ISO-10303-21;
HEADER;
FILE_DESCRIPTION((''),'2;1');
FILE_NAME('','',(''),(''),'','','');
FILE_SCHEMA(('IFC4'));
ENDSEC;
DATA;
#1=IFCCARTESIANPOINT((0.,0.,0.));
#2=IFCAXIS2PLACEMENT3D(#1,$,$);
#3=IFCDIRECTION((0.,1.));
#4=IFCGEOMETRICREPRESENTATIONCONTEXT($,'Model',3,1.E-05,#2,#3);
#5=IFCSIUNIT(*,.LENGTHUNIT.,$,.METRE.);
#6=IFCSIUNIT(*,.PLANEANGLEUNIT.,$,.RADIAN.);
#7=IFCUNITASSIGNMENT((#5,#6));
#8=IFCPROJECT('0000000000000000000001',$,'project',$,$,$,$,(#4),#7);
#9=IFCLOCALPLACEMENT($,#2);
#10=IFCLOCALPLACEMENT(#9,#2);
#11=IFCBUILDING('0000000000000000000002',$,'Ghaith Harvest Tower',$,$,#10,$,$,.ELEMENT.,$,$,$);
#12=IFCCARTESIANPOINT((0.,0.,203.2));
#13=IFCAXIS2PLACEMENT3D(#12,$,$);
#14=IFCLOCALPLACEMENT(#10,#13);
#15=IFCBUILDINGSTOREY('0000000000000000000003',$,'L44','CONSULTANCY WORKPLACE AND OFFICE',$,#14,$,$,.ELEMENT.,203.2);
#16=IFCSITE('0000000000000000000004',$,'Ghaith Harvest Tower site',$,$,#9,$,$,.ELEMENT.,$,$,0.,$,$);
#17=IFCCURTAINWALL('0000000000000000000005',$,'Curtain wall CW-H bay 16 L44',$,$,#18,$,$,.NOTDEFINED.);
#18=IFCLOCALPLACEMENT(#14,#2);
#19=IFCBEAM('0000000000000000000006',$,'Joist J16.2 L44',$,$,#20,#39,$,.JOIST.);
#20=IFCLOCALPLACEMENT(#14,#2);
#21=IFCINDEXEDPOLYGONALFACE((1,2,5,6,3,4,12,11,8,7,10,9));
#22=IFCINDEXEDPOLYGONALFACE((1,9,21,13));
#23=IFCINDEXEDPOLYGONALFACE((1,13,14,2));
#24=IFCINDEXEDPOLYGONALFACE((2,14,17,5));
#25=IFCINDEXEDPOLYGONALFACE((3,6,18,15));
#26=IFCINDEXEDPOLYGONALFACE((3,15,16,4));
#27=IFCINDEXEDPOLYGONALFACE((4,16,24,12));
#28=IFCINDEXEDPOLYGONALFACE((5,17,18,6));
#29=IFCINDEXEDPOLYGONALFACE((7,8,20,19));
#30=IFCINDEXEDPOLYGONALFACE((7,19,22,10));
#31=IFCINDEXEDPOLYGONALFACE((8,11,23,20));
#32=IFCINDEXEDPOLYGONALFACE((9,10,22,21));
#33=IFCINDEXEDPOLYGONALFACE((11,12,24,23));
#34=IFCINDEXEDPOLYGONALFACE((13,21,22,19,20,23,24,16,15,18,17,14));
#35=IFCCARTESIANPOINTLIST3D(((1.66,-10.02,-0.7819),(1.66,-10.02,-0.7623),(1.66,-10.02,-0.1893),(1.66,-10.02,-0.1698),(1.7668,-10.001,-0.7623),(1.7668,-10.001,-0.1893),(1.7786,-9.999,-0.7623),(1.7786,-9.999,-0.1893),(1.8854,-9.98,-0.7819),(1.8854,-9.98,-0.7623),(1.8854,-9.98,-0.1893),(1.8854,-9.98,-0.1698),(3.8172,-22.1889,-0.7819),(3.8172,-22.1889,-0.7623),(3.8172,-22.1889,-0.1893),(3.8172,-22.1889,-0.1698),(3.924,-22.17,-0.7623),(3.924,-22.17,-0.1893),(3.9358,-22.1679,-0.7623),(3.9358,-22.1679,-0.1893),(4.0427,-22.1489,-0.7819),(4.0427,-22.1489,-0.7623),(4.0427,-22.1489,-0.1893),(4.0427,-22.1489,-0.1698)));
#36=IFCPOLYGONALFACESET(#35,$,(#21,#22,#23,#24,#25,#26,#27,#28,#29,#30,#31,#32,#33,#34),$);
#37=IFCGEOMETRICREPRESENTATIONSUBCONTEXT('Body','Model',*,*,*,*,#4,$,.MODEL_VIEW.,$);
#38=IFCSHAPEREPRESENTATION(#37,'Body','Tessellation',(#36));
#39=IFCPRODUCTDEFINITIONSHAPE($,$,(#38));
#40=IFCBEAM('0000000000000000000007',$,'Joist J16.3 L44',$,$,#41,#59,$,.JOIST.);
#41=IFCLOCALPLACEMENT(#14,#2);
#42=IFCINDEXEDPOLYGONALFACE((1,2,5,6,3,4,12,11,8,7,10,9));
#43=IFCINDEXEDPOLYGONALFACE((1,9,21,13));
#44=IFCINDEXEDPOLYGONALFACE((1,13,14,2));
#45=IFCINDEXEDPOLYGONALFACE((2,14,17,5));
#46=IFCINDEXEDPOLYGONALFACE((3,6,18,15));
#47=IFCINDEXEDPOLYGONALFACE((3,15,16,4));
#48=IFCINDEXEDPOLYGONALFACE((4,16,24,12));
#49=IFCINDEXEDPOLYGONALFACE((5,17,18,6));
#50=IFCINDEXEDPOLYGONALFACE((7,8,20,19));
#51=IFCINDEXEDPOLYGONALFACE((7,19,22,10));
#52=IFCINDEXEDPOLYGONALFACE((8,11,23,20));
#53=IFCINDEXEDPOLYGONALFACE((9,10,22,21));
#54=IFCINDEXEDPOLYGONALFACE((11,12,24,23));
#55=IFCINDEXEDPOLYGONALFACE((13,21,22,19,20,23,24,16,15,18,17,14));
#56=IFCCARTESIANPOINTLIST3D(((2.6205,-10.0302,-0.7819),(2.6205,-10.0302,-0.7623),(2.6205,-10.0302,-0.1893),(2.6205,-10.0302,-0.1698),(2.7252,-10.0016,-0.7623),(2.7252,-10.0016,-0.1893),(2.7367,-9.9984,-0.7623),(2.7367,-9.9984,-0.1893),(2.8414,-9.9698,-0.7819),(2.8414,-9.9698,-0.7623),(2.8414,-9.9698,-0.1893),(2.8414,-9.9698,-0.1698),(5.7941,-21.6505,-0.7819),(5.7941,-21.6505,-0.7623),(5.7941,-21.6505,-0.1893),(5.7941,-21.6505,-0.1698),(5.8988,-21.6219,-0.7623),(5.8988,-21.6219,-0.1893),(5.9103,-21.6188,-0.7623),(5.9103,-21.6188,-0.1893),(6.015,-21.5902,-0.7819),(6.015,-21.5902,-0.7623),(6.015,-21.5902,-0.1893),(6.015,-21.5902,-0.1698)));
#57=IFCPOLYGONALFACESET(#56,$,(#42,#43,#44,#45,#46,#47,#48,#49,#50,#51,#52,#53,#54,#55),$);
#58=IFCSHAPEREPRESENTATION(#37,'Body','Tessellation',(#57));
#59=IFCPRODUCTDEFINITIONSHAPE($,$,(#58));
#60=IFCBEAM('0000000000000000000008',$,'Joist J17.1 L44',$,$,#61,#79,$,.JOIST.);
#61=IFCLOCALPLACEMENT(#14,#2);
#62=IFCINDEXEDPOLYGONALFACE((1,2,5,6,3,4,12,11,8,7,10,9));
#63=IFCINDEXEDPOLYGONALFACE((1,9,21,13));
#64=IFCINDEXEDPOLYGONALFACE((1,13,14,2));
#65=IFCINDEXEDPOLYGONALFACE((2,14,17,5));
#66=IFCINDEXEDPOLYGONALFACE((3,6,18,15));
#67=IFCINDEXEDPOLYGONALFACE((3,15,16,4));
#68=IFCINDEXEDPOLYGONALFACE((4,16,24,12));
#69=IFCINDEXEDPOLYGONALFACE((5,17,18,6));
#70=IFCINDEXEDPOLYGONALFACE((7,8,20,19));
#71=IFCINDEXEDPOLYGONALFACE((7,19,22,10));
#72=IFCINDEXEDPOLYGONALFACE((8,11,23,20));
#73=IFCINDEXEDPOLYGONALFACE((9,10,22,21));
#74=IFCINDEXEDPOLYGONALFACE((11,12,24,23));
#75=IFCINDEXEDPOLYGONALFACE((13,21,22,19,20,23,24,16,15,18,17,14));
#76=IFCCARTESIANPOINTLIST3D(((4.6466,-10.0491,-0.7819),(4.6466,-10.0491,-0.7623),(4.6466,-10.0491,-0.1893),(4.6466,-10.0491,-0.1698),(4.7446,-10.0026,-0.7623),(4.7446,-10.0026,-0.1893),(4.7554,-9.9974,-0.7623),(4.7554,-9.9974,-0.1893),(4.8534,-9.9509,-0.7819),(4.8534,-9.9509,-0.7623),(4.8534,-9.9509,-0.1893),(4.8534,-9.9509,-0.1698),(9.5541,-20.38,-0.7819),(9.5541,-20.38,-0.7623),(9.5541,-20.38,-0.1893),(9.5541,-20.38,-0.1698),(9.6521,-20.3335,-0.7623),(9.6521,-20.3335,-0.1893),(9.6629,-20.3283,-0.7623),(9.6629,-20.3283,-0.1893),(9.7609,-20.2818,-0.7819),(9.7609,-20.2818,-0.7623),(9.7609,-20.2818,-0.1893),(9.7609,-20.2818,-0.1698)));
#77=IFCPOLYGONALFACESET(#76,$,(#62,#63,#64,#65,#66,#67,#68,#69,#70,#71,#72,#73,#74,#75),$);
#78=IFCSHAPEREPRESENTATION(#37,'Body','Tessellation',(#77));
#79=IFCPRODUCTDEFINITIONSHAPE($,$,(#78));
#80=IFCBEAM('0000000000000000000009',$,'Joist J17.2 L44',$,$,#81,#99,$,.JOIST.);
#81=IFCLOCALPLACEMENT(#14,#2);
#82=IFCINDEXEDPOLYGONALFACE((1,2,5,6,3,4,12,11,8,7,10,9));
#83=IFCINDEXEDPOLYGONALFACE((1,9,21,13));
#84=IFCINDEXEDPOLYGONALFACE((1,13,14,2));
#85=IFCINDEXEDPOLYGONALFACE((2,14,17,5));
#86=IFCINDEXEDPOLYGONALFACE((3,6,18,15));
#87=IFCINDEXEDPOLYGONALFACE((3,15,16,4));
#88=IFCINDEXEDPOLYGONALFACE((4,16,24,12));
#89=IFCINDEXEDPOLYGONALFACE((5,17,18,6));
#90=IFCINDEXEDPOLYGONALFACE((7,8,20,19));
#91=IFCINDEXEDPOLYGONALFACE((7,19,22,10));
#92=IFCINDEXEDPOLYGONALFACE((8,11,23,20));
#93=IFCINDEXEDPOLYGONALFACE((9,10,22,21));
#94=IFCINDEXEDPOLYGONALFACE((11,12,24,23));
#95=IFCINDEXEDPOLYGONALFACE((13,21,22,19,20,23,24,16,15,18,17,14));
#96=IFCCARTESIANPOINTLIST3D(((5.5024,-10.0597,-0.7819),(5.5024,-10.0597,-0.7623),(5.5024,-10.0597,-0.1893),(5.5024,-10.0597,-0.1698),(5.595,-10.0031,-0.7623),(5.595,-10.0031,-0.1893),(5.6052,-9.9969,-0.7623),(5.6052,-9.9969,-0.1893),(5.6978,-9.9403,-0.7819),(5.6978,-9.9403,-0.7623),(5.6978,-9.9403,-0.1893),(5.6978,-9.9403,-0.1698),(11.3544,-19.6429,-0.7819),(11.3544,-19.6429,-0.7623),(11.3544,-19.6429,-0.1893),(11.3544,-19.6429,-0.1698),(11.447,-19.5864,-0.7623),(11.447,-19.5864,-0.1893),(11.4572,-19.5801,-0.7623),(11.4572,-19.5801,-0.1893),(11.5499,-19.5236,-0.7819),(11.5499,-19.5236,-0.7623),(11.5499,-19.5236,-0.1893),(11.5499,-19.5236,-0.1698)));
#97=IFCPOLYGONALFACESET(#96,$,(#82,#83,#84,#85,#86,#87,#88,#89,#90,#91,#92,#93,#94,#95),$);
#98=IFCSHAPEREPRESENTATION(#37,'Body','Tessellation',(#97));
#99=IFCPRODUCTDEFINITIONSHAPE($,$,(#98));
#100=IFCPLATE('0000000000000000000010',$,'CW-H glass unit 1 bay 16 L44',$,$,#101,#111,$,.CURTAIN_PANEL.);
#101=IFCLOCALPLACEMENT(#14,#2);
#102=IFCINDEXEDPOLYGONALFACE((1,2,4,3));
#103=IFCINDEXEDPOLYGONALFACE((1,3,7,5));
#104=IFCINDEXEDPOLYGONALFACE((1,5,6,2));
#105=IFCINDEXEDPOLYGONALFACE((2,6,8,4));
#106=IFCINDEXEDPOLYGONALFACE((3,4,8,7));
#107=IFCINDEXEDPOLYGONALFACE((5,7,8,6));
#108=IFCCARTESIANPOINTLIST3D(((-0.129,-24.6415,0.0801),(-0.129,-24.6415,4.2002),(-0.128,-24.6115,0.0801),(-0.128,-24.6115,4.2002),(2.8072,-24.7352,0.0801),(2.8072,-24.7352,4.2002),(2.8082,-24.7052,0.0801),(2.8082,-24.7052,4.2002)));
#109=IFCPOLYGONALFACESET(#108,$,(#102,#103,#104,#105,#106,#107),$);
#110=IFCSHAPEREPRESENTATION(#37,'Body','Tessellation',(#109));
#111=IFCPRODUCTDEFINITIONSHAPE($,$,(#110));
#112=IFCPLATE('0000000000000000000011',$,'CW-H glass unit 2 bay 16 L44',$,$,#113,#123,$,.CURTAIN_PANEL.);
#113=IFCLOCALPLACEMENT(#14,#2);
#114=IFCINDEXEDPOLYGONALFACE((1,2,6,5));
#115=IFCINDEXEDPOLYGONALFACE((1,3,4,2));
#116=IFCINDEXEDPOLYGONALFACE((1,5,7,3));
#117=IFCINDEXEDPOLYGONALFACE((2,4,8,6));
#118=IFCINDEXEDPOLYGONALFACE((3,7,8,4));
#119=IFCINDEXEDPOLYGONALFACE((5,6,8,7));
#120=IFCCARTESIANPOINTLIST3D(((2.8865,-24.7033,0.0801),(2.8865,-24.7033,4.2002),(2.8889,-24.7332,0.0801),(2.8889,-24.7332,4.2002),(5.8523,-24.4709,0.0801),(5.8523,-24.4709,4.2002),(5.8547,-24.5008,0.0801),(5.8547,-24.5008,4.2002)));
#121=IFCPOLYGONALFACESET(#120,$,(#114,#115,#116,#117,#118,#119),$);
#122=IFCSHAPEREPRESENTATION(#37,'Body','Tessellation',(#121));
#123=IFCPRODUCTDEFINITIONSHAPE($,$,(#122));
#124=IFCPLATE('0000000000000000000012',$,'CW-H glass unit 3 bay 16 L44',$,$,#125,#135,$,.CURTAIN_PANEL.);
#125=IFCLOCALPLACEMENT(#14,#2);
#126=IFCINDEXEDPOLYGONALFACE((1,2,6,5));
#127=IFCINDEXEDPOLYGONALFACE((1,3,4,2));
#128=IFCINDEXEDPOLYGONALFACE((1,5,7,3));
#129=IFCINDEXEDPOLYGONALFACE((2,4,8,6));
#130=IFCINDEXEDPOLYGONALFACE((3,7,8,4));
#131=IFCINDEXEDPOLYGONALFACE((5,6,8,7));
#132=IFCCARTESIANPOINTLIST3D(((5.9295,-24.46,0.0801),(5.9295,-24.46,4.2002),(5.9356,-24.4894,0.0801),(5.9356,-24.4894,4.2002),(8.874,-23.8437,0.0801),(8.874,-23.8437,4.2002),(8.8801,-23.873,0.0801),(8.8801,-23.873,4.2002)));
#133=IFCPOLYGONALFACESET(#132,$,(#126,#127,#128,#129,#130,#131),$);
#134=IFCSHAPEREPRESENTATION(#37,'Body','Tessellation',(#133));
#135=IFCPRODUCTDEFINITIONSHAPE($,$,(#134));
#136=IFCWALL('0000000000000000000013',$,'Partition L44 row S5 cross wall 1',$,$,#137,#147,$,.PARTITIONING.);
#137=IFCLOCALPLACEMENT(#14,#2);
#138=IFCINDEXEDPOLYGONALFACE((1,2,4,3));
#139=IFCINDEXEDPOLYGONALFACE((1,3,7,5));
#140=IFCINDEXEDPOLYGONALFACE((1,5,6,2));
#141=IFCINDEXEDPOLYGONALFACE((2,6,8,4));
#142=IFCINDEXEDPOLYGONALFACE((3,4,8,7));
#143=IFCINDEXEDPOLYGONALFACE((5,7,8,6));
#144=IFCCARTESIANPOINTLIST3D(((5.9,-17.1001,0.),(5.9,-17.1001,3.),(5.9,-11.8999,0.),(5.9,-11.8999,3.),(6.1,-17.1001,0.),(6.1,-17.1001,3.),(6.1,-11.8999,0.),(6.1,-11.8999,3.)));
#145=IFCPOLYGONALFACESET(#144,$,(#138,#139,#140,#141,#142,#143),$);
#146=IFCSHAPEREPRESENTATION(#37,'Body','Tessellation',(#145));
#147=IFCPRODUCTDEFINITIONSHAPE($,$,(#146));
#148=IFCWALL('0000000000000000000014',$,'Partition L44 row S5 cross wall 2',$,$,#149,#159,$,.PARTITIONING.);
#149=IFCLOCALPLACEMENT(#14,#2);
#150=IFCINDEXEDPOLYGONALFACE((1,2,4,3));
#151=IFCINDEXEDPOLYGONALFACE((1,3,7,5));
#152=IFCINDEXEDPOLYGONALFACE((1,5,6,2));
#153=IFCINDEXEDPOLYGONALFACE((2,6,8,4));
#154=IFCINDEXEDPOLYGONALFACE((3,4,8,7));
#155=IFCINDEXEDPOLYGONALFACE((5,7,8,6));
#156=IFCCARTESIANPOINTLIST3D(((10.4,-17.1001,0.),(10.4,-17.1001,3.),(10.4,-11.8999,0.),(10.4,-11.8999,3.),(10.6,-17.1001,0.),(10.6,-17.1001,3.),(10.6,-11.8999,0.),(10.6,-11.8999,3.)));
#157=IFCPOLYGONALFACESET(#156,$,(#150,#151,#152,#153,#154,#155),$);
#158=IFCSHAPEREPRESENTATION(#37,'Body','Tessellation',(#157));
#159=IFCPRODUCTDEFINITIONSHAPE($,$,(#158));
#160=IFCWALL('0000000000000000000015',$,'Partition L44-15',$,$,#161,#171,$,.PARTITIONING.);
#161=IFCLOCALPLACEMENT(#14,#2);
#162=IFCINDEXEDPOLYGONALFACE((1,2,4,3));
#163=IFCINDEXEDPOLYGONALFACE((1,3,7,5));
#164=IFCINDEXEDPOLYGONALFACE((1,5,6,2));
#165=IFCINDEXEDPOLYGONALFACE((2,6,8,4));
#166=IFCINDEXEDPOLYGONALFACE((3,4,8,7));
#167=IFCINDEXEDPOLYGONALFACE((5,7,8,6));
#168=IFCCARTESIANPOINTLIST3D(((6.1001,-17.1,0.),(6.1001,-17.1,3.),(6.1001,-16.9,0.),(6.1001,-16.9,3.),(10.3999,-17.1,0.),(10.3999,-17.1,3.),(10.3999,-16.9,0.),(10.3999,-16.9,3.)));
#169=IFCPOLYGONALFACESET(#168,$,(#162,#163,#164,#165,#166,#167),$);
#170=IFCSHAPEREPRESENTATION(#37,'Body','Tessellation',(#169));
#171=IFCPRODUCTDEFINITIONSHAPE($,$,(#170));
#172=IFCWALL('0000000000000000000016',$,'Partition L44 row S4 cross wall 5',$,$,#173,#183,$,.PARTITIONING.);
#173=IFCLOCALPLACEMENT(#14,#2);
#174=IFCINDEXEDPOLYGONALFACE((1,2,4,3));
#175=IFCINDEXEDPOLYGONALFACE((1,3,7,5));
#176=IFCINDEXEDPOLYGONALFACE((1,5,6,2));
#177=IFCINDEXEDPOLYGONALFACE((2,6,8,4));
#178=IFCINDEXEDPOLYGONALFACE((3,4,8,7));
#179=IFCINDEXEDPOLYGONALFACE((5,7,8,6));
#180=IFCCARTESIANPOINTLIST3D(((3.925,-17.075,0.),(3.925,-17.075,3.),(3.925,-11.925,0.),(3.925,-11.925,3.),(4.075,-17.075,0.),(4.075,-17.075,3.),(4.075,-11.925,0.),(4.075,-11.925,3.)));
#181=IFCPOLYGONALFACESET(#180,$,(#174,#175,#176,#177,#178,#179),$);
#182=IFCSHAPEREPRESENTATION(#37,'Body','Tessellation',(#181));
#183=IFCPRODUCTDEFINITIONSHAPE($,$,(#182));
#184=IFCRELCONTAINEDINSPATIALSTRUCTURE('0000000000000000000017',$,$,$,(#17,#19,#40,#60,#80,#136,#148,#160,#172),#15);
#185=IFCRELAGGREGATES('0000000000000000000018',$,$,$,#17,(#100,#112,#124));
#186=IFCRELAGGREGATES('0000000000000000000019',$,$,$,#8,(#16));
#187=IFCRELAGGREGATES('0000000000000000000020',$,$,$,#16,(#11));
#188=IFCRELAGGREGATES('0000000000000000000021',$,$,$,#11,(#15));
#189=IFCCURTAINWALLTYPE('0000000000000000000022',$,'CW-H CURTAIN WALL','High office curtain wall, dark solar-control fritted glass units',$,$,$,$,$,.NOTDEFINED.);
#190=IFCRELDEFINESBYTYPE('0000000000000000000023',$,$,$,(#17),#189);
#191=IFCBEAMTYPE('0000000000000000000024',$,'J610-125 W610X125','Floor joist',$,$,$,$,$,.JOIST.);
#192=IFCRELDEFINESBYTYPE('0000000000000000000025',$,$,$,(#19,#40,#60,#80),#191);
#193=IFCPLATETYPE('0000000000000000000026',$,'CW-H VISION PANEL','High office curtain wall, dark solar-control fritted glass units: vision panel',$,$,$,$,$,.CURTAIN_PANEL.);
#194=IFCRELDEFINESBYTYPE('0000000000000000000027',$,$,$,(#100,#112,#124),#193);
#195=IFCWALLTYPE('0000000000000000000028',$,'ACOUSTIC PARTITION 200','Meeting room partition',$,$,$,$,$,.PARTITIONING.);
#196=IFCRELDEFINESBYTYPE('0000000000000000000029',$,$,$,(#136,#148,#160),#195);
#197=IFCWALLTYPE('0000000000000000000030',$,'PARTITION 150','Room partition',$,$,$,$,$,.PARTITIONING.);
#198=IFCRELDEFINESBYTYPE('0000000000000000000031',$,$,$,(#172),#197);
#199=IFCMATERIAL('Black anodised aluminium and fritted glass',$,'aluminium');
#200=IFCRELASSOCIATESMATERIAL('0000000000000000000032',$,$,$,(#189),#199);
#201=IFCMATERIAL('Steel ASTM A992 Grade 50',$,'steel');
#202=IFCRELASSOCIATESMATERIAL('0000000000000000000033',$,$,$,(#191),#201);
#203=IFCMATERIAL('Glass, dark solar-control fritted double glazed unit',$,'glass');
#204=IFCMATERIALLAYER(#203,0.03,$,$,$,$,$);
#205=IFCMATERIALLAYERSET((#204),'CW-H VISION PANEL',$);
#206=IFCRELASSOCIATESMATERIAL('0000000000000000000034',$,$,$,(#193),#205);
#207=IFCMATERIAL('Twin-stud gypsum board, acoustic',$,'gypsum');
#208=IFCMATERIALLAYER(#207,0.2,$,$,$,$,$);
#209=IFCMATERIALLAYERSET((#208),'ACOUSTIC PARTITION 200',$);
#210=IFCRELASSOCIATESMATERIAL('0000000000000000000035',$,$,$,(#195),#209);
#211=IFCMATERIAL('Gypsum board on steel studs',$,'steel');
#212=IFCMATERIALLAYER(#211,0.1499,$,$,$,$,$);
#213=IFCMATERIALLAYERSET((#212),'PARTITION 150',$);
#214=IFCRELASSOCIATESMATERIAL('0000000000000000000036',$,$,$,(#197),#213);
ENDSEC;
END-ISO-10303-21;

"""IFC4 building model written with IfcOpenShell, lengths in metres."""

from ifc_helpers import new_model, si_unit, direction, frame, frame_2d, origin, origin_2d, place, context, subcontext, project, spatial, rectangle, i_section, extrude, material, layer, layer_set, material_profile, profile_set, type_object, element, aggregate, save


model = new_model("IFC4")

# Units and contexts
model_context = context("Model", 3, precision=1e-05, world=origin(), true_north=direction((0.0, 1.0)))
body_context = subcontext(model_context, "Body", "Model", "MODEL_VIEW")
ifc_project = project(units=[si_unit("LENGTHUNIT", "METRE"), si_unit("PLANEANGLEUNIT", "RADIAN")], contexts=[model_context])

# Site, building, storey
site_placement = place(None, origin())
site = spatial("IfcSite", under=ifc_project, at=site_placement, Name="Ghaith Harvest Tower site", CompositionType="ELEMENT", RefElevation=0.0)
building_placement = place(site_placement, origin())
building = spatial("IfcBuilding", under=site, at=building_placement, Name="Ghaith Harvest Tower", CompositionType="ELEMENT")
storey_placement = place(building_placement, frame((0.0, 0.0, 203.2)))
storey = spatial("IfcBuildingStorey", under=building, at=storey_placement, Name="L44", Description="CONSULTANCY WORKPLACE AND OFFICE", CompositionType="ELEMENT", Elevation=203.2)

# Curtain wall
ifc_material_1 = material(Name="Black anodised aluminium and fritted glass", Category="aluminium")
curtain_wall_type = type_object("IfcCurtainWallType", Name="CW-H CURTAIN WALL", Description="High office curtain wall, dark solar-control fritted glass units", PredefinedType="NOTDEFINED", material=ifc_material_1)
curtain_wall_1_placement = place(storey_placement, origin())
curtain_wall_1 = element("IfcCurtainWall", 1, at=curtain_wall_1_placement, inside=storey, type_object=curtain_wall_type, Name="Curtain wall CW-H bay 16 L44", PredefinedType="NOTDEFINED")

# Beams
ifc_material_2 = material(Name="Steel ASTM A992 Grade 50", Category="steel")
ifc_material_profile_1 = material_profile(ifc_material_2, i_section(OverallWidth=0.229, OverallDepth=0.6121, WebThickness=0.012, FlangeThickness=0.0195, at=origin_2d()), Name="W610X125")
ifc_profile_set_1 = profile_set([ifc_material_profile_1], Name="Steel ASTM A992 Grade 50")
beam_type_1 = type_object("IfcBeamType", Name="J610-125 W610X125", Description="Floor joist", PredefinedType="JOIST", material=ifc_profile_set_1)
beam_1_placement = place(storey_placement, frame((1.7727, -10.0, -0.4758), z_axis=(0.174552, -0.984648, 0.0), x_axis=(0.984648, 0.174552, 0.0)))
element("IfcBeam", 2, at=beam_1_placement, inside=storey, type_object=beam_type_1, Name="Joist J16.2 L44", PredefinedType="JOIST", context=body_context, shape_type="SweptSolid", body=[
    extrude(i_section(OverallWidth=0.229, OverallDepth=0.6121, WebThickness=0.012, FlangeThickness=0.0195, at=origin_2d()), origin(), (0.0, 0.0, 1.0), 12.3586),
])
beam_2_placement = place(storey_placement, frame((2.731, -10.0, -0.4758), z_axis=(0.263457, -0.964671, 0.0), x_axis=(0.964671, 0.263457, 0.0)))
element("IfcBeam", 3, at=beam_2_placement, inside=storey, type_object=beam_type_1, Name="Joist J16.3 L44", PredefinedType="JOIST", context=body_context, shape_type="SweptSolid", body=[
    extrude(i_section(OverallWidth=0.229, OverallDepth=0.6121, WebThickness=0.012, FlangeThickness=0.0195, at=origin_2d()), origin(), (0.0, 0.0, 1.0), 12.0459),
])
beam_3_placement = place(storey_placement, frame((4.75, -10.0, -0.4758), z_axis=(0.429081, -0.903266, 0.0), x_axis=(0.903266, 0.429081, 0.0)))
element("IfcBeam", 4, at=beam_3_placement, inside=storey, type_object=beam_type_1, Name="Joist J17.1 L44", PredefinedType="JOIST", context=body_context, shape_type="SweptSolid", body=[
    extrude(i_section(OverallWidth=0.229, OverallDepth=0.6121, WebThickness=0.012, FlangeThickness=0.0195, at=origin_2d()), origin(), (0.0, 0.0, 1.0), 11.4373),
])
beam_4_placement = place(storey_placement, frame((5.6001, -10.0, -0.4758), z_axis=(0.521166, -0.853455, 0.0), x_axis=(0.853455, 0.521166, 0.0)))
element("IfcBeam", 5, at=beam_4_placement, inside=storey, type_object=beam_type_1, Name="Joist J17.2 L44", PredefinedType="JOIST", context=body_context, shape_type="SweptSolid", body=[
    extrude(i_section(OverallWidth=0.229, OverallDepth=0.6121, WebThickness=0.012, FlangeThickness=0.0195, at=origin_2d()), origin(), (0.0, 0.0, 1.0), 11.2288),
])

# Plates
ifc_material_3 = material(Name="Glass, dark solar-control fritted double glazed unit", Category="glass")
ifc_layer_1 = layer(ifc_material_3, 0.03)
ifc_layer_set_1 = layer_set([ifc_layer_1], Name="CW-H VISION PANEL")
plate_type = type_object("IfcPlateType", Name="CW-H VISION PANEL", Description="High office curtain wall, dark solar-control fritted glass units: vision panel", PredefinedType="CURTAIN_PANEL", material=ifc_layer_set_1)
plate_1_placement = place(storey_placement, frame((1.3396, -24.6733, 0.0801), z_axis=(0.0, 0.0, 1.0), x_axis=(0.999491, -0.031894, 0.0)))
plate_1 = element("IfcPlate", 6, at=plate_1_placement, type_object=plate_type, Name="CW-H glass unit 1 bay 16 L44", PredefinedType="CURTAIN_PANEL", context=body_context, shape_type="SweptSolid", body=[
    extrude(rectangle(XDim=2.9377, YDim=0.03, at=origin_2d()), origin(), (0.0, 0.0, 1.0), 4.1201),
])
plate_2_placement = place(storey_placement, frame((4.3706, -24.6021, 0.0801), z_axis=(0.0, 0.0, 1.0), x_axis=(0.996945, 0.078101, 0.0)))
plate_2 = element("IfcPlate", 7, at=plate_2_placement, type_object=plate_type, Name="CW-H glass unit 2 bay 16 L44", PredefinedType="CURTAIN_PANEL", context=body_context, shape_type="SweptSolid", body=[
    extrude(rectangle(XDim=2.9749, YDim=0.03, at=origin_2d()), origin(), (0.0, 0.0, 1.0), 4.1201),
])
plate_3_placement = place(storey_placement, frame((7.4048, -24.1665, 0.0801), z_axis=(0.0, 0.0, 1.0), x_axis=(0.978789, 0.204872, 0.0)))
plate_3 = element("IfcPlate", 8, at=plate_3_placement, type_object=plate_type, Name="CW-H glass unit 3 bay 16 L44", PredefinedType="CURTAIN_PANEL", context=body_context, shape_type="SweptSolid", body=[
    extrude(rectangle(XDim=3.0083, YDim=0.03, at=origin_2d()), origin(), (0.0, 0.0, 1.0), 4.1201),
])
aggregate(curtain_wall_1, [plate_1, plate_2, plate_3])

# Walls
ifc_material_4 = material(Name="Twin-stud gypsum board, acoustic", Category="gypsum")
ifc_layer_2 = layer(ifc_material_4, 0.2)
ifc_layer_set_2 = layer_set([ifc_layer_2], Name="ACOUSTIC PARTITION 200")
wall_type_1 = type_object("IfcWallType", Name="ACOUSTIC PARTITION 200", Description="Meeting room partition", PredefinedType="PARTITIONING", material=ifc_layer_set_2)
for number, where, z_axis, x_axis, name in (
    (9, (6.0, -11.8999, 0.0), (0.0, 0.0, 1.0), (0.0, -1.0, 0.0), "Partition L44 row S5 cross wall 1"),
    (10, (10.5, -11.8999, 0.0), (0.0, 0.0, 1.0), (0.0, -1.0, 0.0), "Partition L44 row S5 cross wall 2"),
):
    element("IfcWall", number, at=place(storey_placement, frame(where, z_axis=z_axis, x_axis=x_axis)), inside=storey, type_object=wall_type_1, Name=name, PredefinedType="PARTITIONING", context=body_context, shape_type="SweptSolid", body=[
        extrude(rectangle(XDim=5.2002, YDim=0.2, at=frame_2d((2.6001, 0.0))), origin(), (0.0, 0.0, 1.0), 3.0),
    ])

# Walls
wall_1_placement = place(storey_placement, frame((6.1001, -17.0, 0.0), z_axis=(0.0, 0.0, 1.0), x_axis=(1.0, 0.0, 0.0)))
element("IfcWall", 11, at=wall_1_placement, inside=storey, type_object=wall_type_1, Name="Partition L44-15", PredefinedType="PARTITIONING", context=body_context, shape_type="SweptSolid", body=[
    extrude(rectangle(XDim=4.2998, YDim=0.2, at=frame_2d((2.1499, 0.0))), origin(), (0.0, 0.0, 1.0), 3.0),
])
ifc_material_5 = material(Name="Gypsum board on steel studs", Category="steel")
ifc_layer_3 = layer(ifc_material_5, 0.1499)
ifc_layer_set_3 = layer_set([ifc_layer_3], Name="PARTITION 150")
wall_type_2 = type_object("IfcWallType", Name="PARTITION 150", Description="Room partition", PredefinedType="PARTITIONING", material=ifc_layer_set_3)
wall_2_placement = place(storey_placement, frame((4.0, -11.925, 0.0), z_axis=(0.0, 0.0, 1.0), x_axis=(0.0, -1.0, 0.0)))
element("IfcWall", 12, at=wall_2_placement, inside=storey, type_object=wall_type_2, Name="Partition L44 row S4 cross wall 5", PredefinedType="PARTITIONING", context=body_context, shape_type="SweptSolid", body=[
    extrude(rectangle(XDim=5.1499, YDim=0.1499, at=frame_2d((2.575, 0.0))), origin(), (0.0, 0.0, 1.0), 3.0),
])

save(model, "model.ifc")
